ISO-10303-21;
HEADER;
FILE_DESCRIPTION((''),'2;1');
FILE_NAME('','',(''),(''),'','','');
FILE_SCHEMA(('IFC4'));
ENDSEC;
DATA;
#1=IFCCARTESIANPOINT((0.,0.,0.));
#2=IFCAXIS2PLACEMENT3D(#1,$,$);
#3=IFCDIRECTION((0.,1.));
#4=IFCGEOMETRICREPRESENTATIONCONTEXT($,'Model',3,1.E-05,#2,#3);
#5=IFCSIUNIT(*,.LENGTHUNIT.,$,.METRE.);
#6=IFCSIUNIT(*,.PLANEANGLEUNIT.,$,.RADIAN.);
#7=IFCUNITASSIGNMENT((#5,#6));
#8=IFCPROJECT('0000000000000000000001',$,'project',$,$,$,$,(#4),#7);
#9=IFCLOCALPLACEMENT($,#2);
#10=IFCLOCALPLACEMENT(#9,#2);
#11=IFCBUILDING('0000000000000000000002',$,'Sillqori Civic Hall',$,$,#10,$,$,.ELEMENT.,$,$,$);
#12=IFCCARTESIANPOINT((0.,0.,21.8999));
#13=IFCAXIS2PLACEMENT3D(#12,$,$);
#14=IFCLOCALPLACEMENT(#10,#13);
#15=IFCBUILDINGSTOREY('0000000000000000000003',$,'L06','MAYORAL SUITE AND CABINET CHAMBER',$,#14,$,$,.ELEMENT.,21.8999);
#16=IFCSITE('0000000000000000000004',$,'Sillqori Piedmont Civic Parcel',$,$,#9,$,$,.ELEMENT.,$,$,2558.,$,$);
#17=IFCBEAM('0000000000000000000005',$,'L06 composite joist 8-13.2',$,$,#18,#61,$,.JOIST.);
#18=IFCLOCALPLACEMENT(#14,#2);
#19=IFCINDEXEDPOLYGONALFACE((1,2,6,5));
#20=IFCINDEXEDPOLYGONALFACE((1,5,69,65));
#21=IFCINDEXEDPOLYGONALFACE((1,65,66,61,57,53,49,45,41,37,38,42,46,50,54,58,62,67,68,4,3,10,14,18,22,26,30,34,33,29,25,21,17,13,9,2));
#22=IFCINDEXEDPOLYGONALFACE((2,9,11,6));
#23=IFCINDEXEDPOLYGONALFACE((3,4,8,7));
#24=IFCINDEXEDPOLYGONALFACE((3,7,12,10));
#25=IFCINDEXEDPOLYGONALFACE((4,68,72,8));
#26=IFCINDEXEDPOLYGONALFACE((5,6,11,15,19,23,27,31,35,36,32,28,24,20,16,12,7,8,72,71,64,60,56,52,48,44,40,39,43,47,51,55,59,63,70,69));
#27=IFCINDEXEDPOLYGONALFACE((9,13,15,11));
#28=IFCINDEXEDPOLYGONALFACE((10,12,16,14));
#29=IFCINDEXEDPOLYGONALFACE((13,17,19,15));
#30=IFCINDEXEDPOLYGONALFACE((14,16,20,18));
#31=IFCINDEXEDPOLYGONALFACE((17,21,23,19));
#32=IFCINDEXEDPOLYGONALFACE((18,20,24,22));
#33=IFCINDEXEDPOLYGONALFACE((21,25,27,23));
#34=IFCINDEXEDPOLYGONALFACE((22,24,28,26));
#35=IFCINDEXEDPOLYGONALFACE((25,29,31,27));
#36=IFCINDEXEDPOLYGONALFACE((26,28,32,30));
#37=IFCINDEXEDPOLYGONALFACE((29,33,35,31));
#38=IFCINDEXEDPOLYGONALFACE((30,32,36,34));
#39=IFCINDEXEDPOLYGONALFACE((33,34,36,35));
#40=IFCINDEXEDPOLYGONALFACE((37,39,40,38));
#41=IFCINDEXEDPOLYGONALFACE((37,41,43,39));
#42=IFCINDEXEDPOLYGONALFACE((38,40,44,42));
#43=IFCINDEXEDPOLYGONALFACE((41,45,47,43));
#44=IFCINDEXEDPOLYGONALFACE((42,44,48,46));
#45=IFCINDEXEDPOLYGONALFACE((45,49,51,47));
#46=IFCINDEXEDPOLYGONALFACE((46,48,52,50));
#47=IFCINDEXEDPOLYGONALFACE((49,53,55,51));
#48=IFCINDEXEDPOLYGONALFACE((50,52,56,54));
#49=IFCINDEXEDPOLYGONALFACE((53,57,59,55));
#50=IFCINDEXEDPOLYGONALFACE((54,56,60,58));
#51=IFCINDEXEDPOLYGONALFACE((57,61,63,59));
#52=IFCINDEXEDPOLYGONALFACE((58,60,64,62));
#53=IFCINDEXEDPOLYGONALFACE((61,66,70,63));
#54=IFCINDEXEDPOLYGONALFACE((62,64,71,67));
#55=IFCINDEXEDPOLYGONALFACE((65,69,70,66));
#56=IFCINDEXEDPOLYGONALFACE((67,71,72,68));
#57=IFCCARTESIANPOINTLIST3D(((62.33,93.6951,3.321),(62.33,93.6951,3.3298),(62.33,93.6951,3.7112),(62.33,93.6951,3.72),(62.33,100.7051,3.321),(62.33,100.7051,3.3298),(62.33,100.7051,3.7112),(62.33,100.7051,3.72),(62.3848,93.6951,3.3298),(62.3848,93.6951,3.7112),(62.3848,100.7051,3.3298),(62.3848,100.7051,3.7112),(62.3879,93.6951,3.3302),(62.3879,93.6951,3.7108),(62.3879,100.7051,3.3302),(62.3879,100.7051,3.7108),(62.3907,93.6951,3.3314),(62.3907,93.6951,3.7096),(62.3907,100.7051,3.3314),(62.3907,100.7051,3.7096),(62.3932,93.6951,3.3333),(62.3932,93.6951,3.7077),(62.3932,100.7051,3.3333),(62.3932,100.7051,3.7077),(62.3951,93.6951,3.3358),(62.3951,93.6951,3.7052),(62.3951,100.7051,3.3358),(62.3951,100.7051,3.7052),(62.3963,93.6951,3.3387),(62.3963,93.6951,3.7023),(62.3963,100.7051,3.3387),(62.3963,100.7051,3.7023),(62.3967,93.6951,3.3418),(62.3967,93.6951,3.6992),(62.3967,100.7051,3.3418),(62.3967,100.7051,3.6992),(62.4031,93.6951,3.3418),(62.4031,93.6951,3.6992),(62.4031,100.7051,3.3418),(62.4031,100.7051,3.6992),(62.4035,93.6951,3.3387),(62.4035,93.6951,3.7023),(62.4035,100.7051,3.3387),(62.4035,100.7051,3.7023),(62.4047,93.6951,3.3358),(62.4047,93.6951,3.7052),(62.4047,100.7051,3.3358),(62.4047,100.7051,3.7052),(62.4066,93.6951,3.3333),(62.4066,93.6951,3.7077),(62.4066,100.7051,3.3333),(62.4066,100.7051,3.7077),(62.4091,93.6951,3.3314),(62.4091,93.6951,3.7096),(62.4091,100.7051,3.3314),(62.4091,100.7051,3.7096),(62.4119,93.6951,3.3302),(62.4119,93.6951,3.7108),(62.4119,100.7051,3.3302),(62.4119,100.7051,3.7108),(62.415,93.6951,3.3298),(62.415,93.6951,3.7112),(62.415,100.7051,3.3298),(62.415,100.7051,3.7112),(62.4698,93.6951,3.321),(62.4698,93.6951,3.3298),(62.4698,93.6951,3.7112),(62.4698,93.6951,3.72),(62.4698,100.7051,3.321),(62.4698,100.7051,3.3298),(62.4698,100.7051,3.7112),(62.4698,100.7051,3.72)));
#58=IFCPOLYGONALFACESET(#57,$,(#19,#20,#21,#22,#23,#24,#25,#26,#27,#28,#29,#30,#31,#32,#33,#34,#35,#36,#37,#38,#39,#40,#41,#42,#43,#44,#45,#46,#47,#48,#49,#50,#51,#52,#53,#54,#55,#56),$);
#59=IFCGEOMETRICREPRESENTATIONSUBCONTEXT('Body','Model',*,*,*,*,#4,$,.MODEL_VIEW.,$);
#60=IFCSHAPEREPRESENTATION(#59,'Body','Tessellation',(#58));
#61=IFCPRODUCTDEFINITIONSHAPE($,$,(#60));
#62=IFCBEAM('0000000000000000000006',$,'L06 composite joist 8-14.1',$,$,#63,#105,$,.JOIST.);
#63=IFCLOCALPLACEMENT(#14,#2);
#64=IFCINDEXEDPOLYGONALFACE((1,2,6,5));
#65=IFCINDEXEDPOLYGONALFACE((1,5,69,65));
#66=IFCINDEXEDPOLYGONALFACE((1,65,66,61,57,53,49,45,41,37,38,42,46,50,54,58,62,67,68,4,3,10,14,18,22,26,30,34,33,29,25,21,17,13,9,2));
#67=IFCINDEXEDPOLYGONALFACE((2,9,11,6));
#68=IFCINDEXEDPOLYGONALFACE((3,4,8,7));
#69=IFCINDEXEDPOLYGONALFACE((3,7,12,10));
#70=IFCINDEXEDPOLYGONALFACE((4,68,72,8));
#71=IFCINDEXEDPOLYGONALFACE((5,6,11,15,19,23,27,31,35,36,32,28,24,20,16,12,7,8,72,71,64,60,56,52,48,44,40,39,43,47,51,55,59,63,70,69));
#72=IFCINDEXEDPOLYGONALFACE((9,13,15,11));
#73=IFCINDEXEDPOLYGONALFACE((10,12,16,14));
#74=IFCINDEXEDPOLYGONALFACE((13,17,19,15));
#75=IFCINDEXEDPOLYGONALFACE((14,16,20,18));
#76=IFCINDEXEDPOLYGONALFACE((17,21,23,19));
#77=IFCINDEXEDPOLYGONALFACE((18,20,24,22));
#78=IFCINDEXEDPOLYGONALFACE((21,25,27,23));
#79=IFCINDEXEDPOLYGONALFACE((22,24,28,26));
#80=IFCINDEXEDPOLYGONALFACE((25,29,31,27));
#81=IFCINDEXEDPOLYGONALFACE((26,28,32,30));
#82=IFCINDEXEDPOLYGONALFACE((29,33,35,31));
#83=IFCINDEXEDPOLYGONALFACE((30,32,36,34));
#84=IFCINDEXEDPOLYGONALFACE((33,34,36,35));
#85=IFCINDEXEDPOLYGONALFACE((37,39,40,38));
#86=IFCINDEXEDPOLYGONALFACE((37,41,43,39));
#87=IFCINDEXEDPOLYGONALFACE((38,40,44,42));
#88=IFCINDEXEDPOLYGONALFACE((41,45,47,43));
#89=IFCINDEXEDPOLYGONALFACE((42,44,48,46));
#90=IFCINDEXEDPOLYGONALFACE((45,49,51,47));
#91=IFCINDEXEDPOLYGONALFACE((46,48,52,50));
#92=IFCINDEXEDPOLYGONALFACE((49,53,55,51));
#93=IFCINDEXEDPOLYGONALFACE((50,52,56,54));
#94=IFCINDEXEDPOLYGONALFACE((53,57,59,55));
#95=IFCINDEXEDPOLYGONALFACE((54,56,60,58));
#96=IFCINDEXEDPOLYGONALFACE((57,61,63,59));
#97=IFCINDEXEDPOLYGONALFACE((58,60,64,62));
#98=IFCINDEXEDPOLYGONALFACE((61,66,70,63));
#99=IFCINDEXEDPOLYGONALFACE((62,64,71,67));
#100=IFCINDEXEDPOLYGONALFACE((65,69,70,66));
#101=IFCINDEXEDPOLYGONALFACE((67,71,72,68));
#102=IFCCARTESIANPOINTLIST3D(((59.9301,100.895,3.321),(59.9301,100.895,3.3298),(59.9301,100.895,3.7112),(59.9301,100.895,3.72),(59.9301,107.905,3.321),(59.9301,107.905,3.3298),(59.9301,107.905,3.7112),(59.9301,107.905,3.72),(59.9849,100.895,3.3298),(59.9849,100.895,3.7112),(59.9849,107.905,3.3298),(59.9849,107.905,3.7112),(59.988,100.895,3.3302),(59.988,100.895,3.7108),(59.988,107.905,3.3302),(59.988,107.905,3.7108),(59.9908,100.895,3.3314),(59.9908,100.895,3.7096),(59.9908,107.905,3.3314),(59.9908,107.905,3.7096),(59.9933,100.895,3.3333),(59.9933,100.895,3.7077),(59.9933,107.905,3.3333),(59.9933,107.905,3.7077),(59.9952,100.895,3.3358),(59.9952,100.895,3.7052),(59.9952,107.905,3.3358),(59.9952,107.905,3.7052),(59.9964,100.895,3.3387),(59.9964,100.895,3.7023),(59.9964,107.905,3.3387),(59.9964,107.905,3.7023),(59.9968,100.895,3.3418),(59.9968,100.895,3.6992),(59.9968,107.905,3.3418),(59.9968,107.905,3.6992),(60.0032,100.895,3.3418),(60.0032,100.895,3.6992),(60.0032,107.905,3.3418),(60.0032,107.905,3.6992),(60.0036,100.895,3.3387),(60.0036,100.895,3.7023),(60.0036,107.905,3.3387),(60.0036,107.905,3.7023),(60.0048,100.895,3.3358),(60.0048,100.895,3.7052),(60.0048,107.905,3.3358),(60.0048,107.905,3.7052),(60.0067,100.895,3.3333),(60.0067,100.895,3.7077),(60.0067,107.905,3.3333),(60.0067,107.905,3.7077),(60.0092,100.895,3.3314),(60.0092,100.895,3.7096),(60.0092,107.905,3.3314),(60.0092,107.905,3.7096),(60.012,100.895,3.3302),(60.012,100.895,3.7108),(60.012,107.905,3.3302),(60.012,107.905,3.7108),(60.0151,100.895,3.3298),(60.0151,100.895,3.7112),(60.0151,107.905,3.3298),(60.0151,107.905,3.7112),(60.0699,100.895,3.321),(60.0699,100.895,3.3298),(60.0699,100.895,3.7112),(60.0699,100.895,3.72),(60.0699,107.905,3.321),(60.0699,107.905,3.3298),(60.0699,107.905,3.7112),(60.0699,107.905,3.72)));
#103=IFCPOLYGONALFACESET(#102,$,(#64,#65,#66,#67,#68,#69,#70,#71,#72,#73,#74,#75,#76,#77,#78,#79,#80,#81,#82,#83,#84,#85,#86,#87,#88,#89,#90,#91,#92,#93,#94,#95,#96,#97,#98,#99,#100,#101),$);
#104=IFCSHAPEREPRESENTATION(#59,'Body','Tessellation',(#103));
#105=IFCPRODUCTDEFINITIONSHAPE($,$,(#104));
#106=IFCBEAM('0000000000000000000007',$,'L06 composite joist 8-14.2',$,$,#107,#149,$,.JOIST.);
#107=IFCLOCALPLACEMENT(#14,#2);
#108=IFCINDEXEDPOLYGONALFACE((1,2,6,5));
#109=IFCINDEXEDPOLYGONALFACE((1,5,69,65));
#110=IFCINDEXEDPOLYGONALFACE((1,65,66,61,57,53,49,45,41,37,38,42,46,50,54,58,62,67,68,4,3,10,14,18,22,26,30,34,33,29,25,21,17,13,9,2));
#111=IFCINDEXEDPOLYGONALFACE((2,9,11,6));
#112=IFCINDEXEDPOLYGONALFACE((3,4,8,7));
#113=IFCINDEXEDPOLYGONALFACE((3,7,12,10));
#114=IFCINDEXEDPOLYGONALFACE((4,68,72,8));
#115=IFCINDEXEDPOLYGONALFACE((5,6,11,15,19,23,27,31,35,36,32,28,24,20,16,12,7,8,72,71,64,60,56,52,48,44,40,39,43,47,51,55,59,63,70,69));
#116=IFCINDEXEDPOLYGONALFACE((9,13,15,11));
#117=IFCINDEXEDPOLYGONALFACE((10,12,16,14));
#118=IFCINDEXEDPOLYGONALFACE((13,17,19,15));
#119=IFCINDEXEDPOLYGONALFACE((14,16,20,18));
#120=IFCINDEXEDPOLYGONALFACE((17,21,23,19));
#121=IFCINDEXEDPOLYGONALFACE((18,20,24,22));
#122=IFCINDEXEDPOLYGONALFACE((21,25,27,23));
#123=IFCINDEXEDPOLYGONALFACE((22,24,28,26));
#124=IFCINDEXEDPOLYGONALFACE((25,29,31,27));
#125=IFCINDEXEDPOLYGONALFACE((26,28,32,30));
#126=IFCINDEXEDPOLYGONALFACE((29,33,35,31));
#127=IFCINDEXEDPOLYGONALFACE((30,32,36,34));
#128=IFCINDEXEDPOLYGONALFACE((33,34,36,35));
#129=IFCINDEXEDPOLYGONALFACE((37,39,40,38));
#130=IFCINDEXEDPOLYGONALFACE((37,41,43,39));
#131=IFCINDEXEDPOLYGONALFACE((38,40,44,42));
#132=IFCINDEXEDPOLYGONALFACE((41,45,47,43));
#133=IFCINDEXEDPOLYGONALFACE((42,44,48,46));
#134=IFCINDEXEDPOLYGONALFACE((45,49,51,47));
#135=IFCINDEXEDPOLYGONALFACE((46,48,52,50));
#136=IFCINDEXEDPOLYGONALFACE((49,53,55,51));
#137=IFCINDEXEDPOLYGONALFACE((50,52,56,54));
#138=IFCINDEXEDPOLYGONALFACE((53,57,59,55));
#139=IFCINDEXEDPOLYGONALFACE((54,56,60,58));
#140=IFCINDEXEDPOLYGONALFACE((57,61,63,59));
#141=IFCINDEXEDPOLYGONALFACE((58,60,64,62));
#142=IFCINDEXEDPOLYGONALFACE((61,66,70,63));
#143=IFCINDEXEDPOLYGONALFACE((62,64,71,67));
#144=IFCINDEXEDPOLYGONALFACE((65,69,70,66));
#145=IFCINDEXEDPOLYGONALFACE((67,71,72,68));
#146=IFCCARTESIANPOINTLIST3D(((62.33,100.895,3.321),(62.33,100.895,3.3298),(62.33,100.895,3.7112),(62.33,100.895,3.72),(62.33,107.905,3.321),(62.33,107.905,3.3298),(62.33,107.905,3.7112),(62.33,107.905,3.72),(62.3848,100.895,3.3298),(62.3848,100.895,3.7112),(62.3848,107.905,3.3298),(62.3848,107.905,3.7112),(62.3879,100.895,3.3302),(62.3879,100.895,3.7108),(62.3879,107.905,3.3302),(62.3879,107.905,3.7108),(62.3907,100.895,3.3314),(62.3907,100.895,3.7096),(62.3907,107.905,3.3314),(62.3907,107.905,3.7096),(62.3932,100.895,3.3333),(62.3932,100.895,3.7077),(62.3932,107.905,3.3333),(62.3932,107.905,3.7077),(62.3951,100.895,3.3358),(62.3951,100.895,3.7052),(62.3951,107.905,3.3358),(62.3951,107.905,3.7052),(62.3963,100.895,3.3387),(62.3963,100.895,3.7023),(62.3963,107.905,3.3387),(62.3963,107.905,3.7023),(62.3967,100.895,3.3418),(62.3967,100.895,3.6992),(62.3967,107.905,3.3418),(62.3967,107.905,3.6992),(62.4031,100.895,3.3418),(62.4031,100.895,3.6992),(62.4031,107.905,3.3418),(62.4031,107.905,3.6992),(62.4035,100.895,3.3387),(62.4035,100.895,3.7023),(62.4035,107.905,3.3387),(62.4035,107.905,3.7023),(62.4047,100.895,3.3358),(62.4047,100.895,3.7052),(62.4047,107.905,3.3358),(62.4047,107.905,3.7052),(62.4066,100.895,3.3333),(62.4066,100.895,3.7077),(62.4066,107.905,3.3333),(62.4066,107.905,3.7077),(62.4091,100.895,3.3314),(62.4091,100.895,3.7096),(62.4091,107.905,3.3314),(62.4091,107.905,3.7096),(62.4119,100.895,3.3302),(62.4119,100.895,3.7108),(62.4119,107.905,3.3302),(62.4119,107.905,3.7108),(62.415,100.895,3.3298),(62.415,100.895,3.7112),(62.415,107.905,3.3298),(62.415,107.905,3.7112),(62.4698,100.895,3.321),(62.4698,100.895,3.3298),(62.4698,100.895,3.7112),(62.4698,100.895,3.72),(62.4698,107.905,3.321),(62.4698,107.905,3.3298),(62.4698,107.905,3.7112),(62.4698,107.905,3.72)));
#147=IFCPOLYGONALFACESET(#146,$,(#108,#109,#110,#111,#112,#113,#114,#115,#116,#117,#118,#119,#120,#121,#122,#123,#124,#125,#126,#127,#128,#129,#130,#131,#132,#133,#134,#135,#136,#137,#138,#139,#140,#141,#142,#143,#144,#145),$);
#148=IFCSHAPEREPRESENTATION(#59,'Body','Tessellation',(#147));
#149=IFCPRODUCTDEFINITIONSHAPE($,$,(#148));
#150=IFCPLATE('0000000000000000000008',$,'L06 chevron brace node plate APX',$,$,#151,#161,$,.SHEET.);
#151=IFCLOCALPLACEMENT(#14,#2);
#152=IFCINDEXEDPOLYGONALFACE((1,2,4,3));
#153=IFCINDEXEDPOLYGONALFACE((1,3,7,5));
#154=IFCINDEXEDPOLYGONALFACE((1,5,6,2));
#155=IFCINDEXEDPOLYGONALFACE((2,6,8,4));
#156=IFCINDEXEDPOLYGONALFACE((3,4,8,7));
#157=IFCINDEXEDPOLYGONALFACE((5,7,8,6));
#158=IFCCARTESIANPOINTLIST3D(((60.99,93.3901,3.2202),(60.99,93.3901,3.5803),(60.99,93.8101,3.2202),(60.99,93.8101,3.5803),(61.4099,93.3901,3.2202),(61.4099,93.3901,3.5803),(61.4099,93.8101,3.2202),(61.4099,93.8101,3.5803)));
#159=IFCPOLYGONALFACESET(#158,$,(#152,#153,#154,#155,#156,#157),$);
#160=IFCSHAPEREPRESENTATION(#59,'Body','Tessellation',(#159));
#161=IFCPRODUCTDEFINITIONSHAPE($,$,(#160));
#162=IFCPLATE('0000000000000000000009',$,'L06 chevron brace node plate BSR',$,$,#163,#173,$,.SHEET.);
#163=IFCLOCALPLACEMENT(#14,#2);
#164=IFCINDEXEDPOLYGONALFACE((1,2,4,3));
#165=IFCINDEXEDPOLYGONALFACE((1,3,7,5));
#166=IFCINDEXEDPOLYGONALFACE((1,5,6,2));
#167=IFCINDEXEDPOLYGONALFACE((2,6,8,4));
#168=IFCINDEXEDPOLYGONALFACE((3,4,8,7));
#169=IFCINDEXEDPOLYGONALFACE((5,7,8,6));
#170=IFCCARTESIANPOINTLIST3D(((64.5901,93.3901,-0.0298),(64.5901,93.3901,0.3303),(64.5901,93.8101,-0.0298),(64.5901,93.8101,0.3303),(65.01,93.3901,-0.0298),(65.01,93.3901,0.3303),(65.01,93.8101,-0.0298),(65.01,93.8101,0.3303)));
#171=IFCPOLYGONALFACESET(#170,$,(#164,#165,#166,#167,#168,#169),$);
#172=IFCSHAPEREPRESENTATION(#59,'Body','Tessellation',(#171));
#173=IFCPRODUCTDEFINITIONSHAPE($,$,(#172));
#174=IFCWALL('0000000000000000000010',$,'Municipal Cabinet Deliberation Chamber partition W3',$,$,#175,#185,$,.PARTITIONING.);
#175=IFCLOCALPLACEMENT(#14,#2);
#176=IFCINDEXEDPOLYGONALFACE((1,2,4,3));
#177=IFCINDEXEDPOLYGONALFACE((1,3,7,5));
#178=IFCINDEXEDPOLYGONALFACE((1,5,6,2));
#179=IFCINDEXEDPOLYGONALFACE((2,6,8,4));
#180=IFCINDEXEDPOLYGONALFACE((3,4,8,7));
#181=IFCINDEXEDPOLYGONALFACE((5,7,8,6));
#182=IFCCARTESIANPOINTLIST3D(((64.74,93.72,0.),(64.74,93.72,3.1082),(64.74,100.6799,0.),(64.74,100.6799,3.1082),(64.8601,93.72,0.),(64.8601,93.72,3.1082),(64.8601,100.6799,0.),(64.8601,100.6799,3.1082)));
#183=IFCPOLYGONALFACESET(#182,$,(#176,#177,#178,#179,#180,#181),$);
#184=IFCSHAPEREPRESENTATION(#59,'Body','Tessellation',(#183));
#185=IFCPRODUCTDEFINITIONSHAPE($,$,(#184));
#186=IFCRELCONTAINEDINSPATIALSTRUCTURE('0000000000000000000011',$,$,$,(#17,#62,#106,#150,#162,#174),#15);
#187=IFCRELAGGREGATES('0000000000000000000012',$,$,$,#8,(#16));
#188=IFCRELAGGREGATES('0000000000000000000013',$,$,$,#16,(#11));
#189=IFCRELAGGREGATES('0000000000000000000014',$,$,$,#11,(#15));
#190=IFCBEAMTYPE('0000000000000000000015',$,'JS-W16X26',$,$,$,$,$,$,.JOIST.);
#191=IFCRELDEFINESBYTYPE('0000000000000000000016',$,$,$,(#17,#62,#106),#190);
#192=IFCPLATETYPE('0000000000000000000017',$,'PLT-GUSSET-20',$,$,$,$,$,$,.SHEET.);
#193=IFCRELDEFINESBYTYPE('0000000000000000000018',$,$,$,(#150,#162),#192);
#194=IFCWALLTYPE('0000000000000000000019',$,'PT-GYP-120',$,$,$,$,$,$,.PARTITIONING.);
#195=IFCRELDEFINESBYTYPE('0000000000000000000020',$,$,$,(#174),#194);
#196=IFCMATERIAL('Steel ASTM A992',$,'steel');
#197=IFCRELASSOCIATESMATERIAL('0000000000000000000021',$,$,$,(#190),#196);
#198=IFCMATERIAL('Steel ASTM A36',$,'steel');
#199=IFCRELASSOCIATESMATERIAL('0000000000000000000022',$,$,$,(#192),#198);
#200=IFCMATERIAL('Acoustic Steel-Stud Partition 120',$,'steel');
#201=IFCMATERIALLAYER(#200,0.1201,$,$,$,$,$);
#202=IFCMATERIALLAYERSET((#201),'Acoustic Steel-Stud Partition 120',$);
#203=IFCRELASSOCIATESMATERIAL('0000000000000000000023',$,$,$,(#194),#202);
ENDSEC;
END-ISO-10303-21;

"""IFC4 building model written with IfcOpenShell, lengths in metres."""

from ifc_helpers import new_model, si_unit, direction, frame, frame_2d, origin, origin_2d, place, context, subcontext, project, spatial, rectangle, i_section, extrude, material, layer, layer_set, material_profile, profile_set, type_object, element, save


model = new_model("IFC4")

# Units and contexts
model_context = context("Model", 3, precision=1e-05, world=origin(), true_north=direction((0.0, 1.0)))
body_context = subcontext(model_context, "Body", "Model", "MODEL_VIEW")
ifc_project = project(units=[si_unit("LENGTHUNIT", "METRE"), si_unit("PLANEANGLEUNIT", "RADIAN")], contexts=[model_context])

# Site, building, storey
site_placement = place(None, origin())
site = spatial("IfcSite", under=ifc_project, at=site_placement, Name="Sillqori Piedmont Civic Parcel", CompositionType="ELEMENT", RefElevation=2558.0)
building_placement = place(site_placement, origin())
building = spatial("IfcBuilding", under=site, at=building_placement, Name="Sillqori Civic Hall", CompositionType="ELEMENT")
storey_placement = place(building_placement, frame((0.0, 0.0, 21.8999)))
storey = spatial("IfcBuildingStorey", under=building, at=storey_placement, Name="L06", Description="MAYORAL SUITE AND CABINET CHAMBER", CompositionType="ELEMENT", Elevation=21.8999)

# Shared definitions
ifc_material_1 = material(Name="Steel ASTM A992", Category="steel")

# Beams
ifc_material_profile_1 = material_profile(ifc_material_1, i_section(OverallWidth=0.1399, OverallDepth=0.3989, WebThickness=0.0063, FlangeThickness=0.0088, FilletRadius=0.012, at=origin_2d()), Name="W16X26")
ifc_profile_set_1 = profile_set([ifc_material_profile_1], Name="Steel ASTM A992")
beam_type_1 = type_object("IfcBeamType", Name="JS-W16X26", PredefinedType="JOIST", material=ifc_profile_set_1)
for number, where, z_axis, x_axis, name in (
    (1, (62.3999, 93.6951, 3.5205), (0.0, 1.0, 0.0), (-1.0, 0.0, 0.0), "L06 composite joist 8-13.2"),
    (2, (60.0, 100.895, 3.5205), (0.0, 1.0, 0.0), (-1.0, 0.0, 0.0), "L06 composite joist 8-14.1"),
    (3, (62.3999, 100.895, 3.5205), (0.0, 1.0, 0.0), (-1.0, 0.0, 0.0), "L06 composite joist 8-14.2"),
):
    element("IfcBeam", number, at=place(storey_placement, frame(where, z_axis=z_axis, x_axis=x_axis)), inside=storey, type_object=beam_type_1, Name=name, PredefinedType="JOIST", context=body_context, shape_type="SweptSolid", body=[
        extrude(i_section(OverallWidth=0.1399, OverallDepth=0.3989, WebThickness=0.0063, FlangeThickness=0.0088, FilletRadius=0.012, at=origin_2d()), origin(), (0.0, 0.0, 1.0), 7.01),
    ])

# Plates
ifc_material_2 = material(Name="Steel ASTM A36", Category="steel")
plate_type = type_object("IfcPlateType", Name="PLT-GUSSET-20", PredefinedType="SHEET", material=ifc_material_2)
for number, where, z_axis, x_axis, name in (
    (4, (61.2, 93.6001, 3.2202), (0.0, 0.0, 1.0), (1.0, 0.0, 0.0), "L06 chevron brace node plate APX"),
    (5, (64.8, 93.6001, -0.0298), (0.0, 0.0, 1.0), (1.0, 0.0, 0.0), "L06 chevron brace node plate BSR"),
):
    element("IfcPlate", number, at=place(storey_placement, frame(where, z_axis=z_axis, x_axis=x_axis)), inside=storey, type_object=plate_type, Name=name, PredefinedType="SHEET", context=body_context, shape_type="SweptSolid", body=[
        extrude(rectangle(XDim=0.4199, YDim=0.4199, at=origin_2d()), origin(), (0.0, 0.0, 1.0), 0.3601),
    ])

# Wall
ifc_material_3 = material(Name="Acoustic Steel-Stud Partition 120", Category="steel")
ifc_layer = layer(ifc_material_3, 0.1201)
ifc_layer_set = layer_set([ifc_layer], Name="Acoustic Steel-Stud Partition 120")
wall_type = type_object("IfcWallType", Name="PT-GYP-120", PredefinedType="PARTITIONING", material=ifc_layer_set)
wall_placement = place(storey_placement, frame((64.8, 93.72, 0.0), z_axis=(0.0, 0.0, 1.0), x_axis=(0.0, 1.0, 0.0)))
element("IfcWall", 6, at=wall_placement, inside=storey, type_object=wall_type, Name="Municipal Cabinet Deliberation Chamber partition W3", PredefinedType="PARTITIONING", context=body_context, shape_type="SweptSolid", body=[
    extrude(rectangle(XDim=6.96, YDim=0.1201, at=frame_2d((3.48, 0.0))), origin(), (0.0, 0.0, 1.0), 3.1082),
])

save(model, "model.ifc")
